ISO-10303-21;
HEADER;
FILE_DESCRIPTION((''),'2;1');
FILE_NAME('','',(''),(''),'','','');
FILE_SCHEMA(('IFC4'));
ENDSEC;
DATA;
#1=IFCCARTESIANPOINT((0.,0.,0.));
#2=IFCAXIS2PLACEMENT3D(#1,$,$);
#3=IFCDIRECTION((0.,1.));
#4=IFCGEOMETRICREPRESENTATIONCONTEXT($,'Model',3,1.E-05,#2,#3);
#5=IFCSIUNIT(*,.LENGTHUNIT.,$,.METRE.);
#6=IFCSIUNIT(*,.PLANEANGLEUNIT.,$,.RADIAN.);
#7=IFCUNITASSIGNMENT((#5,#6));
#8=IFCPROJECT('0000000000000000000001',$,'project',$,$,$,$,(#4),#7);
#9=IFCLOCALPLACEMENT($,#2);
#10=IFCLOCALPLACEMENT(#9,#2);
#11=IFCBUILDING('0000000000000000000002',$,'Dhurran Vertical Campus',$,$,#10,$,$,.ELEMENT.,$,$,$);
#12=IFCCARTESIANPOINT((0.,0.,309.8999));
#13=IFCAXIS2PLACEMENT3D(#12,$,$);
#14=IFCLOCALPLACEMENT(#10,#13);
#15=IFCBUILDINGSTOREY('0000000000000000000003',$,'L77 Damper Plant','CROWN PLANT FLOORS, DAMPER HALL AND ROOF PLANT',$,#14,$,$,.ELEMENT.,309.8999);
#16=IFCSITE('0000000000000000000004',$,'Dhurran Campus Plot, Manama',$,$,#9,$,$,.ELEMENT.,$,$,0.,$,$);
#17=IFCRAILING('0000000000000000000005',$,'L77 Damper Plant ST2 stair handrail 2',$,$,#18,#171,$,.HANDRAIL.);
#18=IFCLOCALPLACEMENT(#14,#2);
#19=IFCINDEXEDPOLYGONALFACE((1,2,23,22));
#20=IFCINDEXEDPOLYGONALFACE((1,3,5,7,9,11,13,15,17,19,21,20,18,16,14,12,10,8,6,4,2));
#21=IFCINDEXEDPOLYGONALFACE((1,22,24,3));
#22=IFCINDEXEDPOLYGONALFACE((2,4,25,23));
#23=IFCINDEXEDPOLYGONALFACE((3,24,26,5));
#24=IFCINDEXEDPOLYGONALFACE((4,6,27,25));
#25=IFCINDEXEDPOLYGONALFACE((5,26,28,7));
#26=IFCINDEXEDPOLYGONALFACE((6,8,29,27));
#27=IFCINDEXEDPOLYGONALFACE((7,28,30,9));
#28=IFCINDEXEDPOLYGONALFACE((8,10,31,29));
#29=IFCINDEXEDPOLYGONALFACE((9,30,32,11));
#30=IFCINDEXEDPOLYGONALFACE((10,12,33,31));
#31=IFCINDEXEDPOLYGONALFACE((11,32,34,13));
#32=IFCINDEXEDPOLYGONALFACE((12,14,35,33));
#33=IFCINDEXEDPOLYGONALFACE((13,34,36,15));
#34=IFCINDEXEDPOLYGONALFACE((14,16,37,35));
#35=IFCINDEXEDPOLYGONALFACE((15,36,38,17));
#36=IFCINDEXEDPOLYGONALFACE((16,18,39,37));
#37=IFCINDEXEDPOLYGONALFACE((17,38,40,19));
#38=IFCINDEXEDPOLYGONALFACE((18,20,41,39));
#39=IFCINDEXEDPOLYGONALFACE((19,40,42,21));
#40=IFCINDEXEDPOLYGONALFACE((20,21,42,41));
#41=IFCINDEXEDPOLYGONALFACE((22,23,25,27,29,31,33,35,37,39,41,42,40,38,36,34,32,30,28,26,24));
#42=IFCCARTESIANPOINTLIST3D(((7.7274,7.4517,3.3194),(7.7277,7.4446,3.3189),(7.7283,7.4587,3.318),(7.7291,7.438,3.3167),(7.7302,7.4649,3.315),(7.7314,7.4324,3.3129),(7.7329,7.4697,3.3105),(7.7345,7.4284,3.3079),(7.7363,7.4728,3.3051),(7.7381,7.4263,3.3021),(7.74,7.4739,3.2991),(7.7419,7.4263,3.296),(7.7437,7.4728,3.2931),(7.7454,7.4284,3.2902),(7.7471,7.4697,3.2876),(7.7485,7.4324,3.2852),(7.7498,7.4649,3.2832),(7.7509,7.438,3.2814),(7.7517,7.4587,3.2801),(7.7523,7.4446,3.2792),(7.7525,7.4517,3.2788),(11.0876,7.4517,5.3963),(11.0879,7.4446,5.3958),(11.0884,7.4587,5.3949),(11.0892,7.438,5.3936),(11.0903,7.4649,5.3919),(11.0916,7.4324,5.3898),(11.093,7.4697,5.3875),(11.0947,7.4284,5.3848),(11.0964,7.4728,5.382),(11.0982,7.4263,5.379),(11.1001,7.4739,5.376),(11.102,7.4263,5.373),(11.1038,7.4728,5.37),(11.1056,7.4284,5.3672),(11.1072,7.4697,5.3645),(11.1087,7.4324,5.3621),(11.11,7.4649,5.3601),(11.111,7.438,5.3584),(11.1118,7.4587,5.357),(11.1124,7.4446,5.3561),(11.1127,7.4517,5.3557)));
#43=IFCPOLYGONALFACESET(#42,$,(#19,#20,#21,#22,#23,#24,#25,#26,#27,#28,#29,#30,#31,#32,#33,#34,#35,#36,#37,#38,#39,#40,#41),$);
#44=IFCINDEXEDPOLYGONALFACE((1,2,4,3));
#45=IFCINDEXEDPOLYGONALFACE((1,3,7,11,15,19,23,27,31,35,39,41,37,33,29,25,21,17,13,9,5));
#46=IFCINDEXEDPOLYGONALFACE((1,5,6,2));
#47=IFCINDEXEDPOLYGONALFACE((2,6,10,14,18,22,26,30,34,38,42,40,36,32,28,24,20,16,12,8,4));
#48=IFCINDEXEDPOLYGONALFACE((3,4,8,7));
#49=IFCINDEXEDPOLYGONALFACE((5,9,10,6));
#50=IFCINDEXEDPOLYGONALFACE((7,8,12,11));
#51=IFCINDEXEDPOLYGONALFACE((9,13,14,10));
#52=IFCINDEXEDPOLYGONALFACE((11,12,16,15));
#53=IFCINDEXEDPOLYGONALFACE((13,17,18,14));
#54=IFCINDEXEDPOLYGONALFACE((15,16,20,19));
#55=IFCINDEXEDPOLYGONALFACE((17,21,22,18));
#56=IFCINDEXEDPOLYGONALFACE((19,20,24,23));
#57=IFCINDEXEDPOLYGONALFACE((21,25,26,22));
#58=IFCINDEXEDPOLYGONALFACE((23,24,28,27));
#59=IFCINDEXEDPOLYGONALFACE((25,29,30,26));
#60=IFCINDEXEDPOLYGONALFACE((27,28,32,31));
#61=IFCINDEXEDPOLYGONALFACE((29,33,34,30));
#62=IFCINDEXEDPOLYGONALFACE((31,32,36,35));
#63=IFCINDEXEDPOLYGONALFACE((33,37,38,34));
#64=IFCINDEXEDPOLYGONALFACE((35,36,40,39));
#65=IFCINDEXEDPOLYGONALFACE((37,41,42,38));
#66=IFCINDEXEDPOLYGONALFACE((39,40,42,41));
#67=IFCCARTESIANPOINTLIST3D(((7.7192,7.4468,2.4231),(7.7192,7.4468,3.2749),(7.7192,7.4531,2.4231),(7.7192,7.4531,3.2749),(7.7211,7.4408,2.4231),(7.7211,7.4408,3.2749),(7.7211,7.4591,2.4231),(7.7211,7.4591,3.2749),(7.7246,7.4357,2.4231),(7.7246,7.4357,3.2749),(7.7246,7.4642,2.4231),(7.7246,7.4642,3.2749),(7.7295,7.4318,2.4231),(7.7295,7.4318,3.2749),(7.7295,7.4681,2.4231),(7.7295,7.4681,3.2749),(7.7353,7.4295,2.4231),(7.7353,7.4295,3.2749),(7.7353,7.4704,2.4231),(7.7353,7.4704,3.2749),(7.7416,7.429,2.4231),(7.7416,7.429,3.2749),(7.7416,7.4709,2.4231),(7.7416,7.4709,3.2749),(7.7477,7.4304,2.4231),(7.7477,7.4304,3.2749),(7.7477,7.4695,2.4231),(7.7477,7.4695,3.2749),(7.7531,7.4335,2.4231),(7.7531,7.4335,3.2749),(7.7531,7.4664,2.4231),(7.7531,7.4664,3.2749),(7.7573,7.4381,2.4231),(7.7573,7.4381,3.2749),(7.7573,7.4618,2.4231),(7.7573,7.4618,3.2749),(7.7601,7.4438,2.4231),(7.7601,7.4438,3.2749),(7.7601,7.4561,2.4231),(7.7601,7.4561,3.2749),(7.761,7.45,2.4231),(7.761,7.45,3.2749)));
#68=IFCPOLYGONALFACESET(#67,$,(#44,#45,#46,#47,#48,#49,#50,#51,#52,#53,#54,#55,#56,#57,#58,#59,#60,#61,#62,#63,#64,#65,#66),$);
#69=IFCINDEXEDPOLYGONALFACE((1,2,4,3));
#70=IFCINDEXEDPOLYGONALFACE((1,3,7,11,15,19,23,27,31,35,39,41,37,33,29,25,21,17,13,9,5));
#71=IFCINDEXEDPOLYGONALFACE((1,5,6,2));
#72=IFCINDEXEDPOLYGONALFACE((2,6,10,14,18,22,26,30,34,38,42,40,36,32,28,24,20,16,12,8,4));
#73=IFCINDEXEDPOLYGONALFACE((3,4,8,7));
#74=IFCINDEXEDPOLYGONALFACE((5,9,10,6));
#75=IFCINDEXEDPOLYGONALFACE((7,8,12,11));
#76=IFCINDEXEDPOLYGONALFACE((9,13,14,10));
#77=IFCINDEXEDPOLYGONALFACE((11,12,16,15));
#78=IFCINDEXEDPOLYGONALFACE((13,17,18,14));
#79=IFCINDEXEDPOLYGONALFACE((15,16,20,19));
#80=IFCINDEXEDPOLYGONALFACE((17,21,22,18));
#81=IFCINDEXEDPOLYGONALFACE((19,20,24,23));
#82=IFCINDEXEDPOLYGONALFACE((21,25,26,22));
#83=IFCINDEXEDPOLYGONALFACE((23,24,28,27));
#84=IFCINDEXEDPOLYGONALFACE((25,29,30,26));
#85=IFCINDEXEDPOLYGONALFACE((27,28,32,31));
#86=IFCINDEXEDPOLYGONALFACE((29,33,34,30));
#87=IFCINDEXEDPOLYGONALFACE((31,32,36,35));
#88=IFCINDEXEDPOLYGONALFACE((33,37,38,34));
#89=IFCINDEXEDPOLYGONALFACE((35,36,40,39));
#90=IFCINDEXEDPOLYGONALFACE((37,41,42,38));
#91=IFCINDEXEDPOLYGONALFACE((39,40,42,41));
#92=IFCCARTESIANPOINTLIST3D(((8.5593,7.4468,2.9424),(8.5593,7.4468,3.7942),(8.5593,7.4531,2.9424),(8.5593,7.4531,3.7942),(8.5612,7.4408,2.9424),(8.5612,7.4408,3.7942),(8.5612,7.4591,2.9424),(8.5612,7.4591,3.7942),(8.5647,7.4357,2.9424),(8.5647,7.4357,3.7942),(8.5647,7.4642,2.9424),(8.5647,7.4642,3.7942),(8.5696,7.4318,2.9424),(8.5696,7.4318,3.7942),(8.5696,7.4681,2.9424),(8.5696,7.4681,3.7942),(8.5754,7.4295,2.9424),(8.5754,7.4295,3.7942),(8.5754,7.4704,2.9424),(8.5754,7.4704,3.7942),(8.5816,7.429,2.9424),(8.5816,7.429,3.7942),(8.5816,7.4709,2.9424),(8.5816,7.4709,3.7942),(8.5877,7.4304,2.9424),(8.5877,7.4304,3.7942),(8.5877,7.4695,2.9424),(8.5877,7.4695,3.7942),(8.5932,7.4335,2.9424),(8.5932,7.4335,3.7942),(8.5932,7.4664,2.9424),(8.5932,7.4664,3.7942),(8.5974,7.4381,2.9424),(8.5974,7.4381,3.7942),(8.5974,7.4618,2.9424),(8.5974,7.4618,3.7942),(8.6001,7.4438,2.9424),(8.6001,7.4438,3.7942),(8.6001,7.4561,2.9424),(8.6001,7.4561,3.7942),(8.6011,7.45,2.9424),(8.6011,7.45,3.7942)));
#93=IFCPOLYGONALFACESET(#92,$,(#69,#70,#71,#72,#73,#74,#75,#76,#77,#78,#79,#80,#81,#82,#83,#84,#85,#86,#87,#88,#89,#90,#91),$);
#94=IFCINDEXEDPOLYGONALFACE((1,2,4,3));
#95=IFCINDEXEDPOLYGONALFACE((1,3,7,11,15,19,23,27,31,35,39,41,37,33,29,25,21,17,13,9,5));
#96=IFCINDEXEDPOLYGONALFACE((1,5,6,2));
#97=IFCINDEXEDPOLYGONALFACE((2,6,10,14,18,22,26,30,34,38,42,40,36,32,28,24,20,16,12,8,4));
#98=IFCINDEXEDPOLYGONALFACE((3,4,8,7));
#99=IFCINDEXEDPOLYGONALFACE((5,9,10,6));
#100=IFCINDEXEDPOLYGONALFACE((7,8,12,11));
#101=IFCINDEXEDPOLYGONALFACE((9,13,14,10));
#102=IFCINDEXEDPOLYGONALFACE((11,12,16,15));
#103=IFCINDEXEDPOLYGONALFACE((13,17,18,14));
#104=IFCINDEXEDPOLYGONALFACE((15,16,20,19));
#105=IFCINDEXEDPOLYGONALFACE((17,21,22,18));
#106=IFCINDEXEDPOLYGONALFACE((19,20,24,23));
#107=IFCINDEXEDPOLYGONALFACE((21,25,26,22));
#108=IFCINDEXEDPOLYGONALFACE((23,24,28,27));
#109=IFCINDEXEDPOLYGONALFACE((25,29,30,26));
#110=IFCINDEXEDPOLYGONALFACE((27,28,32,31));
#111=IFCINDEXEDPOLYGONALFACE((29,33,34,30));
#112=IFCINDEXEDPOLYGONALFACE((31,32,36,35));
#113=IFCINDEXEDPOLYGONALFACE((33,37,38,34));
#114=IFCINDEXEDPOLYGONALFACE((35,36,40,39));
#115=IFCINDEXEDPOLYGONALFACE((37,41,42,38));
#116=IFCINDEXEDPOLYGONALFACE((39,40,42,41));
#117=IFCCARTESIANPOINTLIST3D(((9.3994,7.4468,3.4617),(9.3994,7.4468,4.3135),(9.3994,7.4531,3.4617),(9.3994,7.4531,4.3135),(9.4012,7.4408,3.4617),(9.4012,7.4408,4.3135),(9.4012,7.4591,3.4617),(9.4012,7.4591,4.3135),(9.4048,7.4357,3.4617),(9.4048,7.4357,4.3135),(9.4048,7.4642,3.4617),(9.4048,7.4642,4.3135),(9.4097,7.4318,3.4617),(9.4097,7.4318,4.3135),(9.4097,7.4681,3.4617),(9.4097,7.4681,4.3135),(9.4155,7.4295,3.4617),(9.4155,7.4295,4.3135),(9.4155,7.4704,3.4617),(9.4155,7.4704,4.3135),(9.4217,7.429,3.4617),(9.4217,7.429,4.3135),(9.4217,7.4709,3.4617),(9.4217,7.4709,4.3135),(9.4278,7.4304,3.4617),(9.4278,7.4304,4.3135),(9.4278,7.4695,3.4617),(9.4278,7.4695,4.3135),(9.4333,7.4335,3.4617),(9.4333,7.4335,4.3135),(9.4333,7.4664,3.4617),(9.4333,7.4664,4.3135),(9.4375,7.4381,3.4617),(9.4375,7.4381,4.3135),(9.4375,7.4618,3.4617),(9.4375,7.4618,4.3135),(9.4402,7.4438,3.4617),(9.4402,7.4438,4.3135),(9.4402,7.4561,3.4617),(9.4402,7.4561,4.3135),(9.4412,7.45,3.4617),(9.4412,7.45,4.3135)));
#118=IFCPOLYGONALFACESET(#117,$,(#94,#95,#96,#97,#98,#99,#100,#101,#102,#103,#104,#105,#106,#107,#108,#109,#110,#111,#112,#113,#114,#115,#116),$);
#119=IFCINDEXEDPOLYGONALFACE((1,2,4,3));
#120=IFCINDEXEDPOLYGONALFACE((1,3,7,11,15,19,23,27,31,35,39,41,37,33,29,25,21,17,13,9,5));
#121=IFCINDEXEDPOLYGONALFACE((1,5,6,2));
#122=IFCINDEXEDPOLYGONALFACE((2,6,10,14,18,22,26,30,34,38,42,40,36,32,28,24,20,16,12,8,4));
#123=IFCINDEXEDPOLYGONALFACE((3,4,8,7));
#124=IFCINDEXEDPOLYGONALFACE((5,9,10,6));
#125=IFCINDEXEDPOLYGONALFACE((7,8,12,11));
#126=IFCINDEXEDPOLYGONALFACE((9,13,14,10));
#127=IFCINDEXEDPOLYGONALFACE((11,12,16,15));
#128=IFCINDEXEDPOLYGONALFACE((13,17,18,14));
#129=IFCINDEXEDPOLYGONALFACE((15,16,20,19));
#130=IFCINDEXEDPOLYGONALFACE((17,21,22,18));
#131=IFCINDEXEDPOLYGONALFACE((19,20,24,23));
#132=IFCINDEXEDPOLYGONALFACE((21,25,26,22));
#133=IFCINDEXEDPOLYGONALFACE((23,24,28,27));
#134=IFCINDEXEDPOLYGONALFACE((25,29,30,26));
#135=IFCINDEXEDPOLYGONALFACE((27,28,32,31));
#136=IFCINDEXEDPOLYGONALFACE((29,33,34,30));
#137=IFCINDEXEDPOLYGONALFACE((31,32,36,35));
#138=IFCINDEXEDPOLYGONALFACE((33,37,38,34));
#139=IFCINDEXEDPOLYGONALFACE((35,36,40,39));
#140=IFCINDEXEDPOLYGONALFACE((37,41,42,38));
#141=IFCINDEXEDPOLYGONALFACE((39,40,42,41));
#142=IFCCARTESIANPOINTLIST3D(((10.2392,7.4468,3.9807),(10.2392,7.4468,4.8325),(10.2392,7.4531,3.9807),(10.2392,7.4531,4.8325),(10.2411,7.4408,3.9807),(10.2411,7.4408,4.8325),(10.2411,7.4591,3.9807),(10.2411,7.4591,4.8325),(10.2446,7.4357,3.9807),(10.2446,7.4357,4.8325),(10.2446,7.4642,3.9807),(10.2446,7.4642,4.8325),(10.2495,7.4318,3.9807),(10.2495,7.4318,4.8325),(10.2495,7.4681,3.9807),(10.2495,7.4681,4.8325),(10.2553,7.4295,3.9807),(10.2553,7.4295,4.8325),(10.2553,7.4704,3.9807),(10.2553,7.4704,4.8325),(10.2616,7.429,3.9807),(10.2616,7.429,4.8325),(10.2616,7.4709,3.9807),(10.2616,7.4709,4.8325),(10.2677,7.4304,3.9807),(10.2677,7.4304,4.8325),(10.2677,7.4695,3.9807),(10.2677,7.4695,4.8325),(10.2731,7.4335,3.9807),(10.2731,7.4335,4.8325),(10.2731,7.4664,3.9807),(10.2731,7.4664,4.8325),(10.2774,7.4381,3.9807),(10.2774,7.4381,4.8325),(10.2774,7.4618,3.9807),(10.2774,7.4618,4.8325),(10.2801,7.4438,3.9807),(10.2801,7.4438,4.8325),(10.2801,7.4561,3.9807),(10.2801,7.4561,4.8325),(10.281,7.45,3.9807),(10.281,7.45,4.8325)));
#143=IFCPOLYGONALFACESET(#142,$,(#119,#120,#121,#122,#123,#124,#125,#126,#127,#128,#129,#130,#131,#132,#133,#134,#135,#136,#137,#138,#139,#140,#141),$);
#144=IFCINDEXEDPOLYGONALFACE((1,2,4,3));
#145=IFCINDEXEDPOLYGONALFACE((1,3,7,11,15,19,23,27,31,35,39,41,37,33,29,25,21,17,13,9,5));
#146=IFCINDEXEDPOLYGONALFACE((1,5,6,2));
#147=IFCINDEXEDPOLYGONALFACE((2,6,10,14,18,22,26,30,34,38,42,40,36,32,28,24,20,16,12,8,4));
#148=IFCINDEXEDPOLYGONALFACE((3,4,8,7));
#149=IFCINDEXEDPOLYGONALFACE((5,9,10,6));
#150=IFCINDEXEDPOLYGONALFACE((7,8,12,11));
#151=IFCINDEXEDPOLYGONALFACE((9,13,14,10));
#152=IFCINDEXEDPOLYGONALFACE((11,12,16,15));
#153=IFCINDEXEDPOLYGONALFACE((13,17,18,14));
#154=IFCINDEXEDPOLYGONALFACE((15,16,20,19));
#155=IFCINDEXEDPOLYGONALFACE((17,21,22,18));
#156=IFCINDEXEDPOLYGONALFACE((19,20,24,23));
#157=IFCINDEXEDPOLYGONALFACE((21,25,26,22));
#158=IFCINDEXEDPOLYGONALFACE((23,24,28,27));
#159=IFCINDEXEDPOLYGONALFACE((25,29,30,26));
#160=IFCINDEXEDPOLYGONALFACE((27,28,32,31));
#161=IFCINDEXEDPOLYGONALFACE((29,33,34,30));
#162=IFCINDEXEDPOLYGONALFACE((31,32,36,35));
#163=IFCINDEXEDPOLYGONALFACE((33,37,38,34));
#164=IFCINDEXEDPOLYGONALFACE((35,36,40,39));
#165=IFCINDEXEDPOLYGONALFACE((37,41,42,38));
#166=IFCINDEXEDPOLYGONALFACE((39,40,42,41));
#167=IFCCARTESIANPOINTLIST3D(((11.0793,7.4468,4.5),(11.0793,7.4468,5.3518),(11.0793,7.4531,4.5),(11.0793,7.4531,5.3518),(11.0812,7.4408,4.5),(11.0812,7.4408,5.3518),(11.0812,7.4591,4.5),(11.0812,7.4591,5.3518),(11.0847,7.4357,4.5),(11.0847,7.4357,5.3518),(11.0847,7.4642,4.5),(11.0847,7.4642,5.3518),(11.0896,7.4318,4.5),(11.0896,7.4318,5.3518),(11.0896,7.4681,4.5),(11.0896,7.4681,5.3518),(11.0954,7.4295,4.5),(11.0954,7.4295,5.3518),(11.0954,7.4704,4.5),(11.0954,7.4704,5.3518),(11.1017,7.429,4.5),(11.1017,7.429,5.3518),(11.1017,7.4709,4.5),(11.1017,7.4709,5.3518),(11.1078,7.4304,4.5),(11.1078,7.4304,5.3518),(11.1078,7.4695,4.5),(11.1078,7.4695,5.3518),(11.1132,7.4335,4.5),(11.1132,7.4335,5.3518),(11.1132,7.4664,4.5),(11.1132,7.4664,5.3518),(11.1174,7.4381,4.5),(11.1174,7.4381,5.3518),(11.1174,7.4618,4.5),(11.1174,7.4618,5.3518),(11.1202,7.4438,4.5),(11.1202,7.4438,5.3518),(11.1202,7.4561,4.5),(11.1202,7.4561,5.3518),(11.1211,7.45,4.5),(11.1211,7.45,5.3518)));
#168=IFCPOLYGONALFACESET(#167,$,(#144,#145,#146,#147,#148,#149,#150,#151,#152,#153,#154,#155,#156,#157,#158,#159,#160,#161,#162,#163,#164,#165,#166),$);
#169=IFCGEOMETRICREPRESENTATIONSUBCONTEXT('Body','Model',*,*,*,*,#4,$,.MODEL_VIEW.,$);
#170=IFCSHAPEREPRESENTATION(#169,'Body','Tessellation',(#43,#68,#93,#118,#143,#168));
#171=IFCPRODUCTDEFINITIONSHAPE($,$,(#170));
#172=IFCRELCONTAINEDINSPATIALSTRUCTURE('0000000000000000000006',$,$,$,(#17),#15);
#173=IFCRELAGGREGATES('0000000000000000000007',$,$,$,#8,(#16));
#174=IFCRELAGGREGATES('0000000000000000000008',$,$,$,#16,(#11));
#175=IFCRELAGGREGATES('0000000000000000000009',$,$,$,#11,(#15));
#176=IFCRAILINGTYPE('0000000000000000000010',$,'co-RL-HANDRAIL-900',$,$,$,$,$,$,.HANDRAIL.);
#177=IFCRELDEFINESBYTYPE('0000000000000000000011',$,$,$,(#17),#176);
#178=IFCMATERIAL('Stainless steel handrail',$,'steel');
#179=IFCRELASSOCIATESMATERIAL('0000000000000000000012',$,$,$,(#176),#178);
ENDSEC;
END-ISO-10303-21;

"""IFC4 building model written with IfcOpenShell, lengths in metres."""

from ifc_helpers import new_model, si_unit, direction, frame, origin, origin_2d, place, context, subcontext, project, spatial, circle, extrude, material, type_object, element, save


model = new_model("IFC4")

# Units and contexts
model_context = context("Model", 3, precision=1e-05, world=origin(), true_north=direction((0.0, 1.0)))
body_context = subcontext(model_context, "Body", "Model", "MODEL_VIEW")
ifc_project = project(units=[si_unit("LENGTHUNIT", "METRE"), si_unit("PLANEANGLEUNIT", "RADIAN")], contexts=[model_context])

# Site, building, storey
site_placement = place(None, origin())
site = spatial("IfcSite", under=ifc_project, at=site_placement, Name="Dhurran Campus Plot, Manama", CompositionType="ELEMENT", RefElevation=0.0)
building_placement = place(site_placement, origin())
building = spatial("IfcBuilding", under=site, at=building_placement, Name="Dhurran Vertical Campus", CompositionType="ELEMENT")
storey_placement = place(building_placement, frame((0.0, 0.0, 309.8999)))
storey = spatial("IfcBuildingStorey", under=building, at=storey_placement, Name="L77 Damper Plant", Description="CROWN PLANT FLOORS, DAMPER HALL AND ROOF PLANT", CompositionType="ELEMENT", Elevation=309.8999)

# Railing
ifc_material_1 = material(Name="Stainless steel handrail", Category="steel")
railing_type = type_object("IfcRailingType", Name="co-RL-HANDRAIL-900", PredefinedType="HANDRAIL", material=ifc_material_1)
for number, where, name in (
    (1, (7.74, 7.45, 2.4231), "L77 Damper Plant ST2 stair handrail 2"),
):
    element("IfcRailing", number, at=place(storey_placement, frame(where)), inside=storey, type_object=railing_type, Name=name, PredefinedType="HANDRAIL", context=body_context, shape_type="SweptSolid", body=[
        extrude(circle(Radius=0.0239, at=origin_2d()), frame((0.0, 0.0, 0.876), z_axis=(0.850623, 0.0, 0.525776), x_axis=(0.0, 1.0, 0.0)), (0.0, 0.0, 1.0), 3.9502),
        extrude(circle(Radius=0.021, at=origin_2d()), origin(), (0.0, 0.0, 1.0), 0.8518),
        extrude(circle(Radius=0.021, at=origin_2d()), frame((0.8401, 0.0, 0.5193)), (0.0, 0.0, 1.0), 0.8518),
        extrude(circle(Radius=0.021, at=origin_2d()), frame((1.6802, 0.0, 1.0386)), (0.0, 0.0, 1.0), 0.8518),
        extrude(circle(Radius=0.021, at=origin_2d()), frame((2.52, 0.0, 1.5576)), (0.0, 0.0, 1.0), 0.8518),
        extrude(circle(Radius=0.021, at=origin_2d()), frame((3.3601, 0.0, 2.0769)), (0.0, 0.0, 1.0), 0.8518),
    ])

save(model, "model.ifc")
